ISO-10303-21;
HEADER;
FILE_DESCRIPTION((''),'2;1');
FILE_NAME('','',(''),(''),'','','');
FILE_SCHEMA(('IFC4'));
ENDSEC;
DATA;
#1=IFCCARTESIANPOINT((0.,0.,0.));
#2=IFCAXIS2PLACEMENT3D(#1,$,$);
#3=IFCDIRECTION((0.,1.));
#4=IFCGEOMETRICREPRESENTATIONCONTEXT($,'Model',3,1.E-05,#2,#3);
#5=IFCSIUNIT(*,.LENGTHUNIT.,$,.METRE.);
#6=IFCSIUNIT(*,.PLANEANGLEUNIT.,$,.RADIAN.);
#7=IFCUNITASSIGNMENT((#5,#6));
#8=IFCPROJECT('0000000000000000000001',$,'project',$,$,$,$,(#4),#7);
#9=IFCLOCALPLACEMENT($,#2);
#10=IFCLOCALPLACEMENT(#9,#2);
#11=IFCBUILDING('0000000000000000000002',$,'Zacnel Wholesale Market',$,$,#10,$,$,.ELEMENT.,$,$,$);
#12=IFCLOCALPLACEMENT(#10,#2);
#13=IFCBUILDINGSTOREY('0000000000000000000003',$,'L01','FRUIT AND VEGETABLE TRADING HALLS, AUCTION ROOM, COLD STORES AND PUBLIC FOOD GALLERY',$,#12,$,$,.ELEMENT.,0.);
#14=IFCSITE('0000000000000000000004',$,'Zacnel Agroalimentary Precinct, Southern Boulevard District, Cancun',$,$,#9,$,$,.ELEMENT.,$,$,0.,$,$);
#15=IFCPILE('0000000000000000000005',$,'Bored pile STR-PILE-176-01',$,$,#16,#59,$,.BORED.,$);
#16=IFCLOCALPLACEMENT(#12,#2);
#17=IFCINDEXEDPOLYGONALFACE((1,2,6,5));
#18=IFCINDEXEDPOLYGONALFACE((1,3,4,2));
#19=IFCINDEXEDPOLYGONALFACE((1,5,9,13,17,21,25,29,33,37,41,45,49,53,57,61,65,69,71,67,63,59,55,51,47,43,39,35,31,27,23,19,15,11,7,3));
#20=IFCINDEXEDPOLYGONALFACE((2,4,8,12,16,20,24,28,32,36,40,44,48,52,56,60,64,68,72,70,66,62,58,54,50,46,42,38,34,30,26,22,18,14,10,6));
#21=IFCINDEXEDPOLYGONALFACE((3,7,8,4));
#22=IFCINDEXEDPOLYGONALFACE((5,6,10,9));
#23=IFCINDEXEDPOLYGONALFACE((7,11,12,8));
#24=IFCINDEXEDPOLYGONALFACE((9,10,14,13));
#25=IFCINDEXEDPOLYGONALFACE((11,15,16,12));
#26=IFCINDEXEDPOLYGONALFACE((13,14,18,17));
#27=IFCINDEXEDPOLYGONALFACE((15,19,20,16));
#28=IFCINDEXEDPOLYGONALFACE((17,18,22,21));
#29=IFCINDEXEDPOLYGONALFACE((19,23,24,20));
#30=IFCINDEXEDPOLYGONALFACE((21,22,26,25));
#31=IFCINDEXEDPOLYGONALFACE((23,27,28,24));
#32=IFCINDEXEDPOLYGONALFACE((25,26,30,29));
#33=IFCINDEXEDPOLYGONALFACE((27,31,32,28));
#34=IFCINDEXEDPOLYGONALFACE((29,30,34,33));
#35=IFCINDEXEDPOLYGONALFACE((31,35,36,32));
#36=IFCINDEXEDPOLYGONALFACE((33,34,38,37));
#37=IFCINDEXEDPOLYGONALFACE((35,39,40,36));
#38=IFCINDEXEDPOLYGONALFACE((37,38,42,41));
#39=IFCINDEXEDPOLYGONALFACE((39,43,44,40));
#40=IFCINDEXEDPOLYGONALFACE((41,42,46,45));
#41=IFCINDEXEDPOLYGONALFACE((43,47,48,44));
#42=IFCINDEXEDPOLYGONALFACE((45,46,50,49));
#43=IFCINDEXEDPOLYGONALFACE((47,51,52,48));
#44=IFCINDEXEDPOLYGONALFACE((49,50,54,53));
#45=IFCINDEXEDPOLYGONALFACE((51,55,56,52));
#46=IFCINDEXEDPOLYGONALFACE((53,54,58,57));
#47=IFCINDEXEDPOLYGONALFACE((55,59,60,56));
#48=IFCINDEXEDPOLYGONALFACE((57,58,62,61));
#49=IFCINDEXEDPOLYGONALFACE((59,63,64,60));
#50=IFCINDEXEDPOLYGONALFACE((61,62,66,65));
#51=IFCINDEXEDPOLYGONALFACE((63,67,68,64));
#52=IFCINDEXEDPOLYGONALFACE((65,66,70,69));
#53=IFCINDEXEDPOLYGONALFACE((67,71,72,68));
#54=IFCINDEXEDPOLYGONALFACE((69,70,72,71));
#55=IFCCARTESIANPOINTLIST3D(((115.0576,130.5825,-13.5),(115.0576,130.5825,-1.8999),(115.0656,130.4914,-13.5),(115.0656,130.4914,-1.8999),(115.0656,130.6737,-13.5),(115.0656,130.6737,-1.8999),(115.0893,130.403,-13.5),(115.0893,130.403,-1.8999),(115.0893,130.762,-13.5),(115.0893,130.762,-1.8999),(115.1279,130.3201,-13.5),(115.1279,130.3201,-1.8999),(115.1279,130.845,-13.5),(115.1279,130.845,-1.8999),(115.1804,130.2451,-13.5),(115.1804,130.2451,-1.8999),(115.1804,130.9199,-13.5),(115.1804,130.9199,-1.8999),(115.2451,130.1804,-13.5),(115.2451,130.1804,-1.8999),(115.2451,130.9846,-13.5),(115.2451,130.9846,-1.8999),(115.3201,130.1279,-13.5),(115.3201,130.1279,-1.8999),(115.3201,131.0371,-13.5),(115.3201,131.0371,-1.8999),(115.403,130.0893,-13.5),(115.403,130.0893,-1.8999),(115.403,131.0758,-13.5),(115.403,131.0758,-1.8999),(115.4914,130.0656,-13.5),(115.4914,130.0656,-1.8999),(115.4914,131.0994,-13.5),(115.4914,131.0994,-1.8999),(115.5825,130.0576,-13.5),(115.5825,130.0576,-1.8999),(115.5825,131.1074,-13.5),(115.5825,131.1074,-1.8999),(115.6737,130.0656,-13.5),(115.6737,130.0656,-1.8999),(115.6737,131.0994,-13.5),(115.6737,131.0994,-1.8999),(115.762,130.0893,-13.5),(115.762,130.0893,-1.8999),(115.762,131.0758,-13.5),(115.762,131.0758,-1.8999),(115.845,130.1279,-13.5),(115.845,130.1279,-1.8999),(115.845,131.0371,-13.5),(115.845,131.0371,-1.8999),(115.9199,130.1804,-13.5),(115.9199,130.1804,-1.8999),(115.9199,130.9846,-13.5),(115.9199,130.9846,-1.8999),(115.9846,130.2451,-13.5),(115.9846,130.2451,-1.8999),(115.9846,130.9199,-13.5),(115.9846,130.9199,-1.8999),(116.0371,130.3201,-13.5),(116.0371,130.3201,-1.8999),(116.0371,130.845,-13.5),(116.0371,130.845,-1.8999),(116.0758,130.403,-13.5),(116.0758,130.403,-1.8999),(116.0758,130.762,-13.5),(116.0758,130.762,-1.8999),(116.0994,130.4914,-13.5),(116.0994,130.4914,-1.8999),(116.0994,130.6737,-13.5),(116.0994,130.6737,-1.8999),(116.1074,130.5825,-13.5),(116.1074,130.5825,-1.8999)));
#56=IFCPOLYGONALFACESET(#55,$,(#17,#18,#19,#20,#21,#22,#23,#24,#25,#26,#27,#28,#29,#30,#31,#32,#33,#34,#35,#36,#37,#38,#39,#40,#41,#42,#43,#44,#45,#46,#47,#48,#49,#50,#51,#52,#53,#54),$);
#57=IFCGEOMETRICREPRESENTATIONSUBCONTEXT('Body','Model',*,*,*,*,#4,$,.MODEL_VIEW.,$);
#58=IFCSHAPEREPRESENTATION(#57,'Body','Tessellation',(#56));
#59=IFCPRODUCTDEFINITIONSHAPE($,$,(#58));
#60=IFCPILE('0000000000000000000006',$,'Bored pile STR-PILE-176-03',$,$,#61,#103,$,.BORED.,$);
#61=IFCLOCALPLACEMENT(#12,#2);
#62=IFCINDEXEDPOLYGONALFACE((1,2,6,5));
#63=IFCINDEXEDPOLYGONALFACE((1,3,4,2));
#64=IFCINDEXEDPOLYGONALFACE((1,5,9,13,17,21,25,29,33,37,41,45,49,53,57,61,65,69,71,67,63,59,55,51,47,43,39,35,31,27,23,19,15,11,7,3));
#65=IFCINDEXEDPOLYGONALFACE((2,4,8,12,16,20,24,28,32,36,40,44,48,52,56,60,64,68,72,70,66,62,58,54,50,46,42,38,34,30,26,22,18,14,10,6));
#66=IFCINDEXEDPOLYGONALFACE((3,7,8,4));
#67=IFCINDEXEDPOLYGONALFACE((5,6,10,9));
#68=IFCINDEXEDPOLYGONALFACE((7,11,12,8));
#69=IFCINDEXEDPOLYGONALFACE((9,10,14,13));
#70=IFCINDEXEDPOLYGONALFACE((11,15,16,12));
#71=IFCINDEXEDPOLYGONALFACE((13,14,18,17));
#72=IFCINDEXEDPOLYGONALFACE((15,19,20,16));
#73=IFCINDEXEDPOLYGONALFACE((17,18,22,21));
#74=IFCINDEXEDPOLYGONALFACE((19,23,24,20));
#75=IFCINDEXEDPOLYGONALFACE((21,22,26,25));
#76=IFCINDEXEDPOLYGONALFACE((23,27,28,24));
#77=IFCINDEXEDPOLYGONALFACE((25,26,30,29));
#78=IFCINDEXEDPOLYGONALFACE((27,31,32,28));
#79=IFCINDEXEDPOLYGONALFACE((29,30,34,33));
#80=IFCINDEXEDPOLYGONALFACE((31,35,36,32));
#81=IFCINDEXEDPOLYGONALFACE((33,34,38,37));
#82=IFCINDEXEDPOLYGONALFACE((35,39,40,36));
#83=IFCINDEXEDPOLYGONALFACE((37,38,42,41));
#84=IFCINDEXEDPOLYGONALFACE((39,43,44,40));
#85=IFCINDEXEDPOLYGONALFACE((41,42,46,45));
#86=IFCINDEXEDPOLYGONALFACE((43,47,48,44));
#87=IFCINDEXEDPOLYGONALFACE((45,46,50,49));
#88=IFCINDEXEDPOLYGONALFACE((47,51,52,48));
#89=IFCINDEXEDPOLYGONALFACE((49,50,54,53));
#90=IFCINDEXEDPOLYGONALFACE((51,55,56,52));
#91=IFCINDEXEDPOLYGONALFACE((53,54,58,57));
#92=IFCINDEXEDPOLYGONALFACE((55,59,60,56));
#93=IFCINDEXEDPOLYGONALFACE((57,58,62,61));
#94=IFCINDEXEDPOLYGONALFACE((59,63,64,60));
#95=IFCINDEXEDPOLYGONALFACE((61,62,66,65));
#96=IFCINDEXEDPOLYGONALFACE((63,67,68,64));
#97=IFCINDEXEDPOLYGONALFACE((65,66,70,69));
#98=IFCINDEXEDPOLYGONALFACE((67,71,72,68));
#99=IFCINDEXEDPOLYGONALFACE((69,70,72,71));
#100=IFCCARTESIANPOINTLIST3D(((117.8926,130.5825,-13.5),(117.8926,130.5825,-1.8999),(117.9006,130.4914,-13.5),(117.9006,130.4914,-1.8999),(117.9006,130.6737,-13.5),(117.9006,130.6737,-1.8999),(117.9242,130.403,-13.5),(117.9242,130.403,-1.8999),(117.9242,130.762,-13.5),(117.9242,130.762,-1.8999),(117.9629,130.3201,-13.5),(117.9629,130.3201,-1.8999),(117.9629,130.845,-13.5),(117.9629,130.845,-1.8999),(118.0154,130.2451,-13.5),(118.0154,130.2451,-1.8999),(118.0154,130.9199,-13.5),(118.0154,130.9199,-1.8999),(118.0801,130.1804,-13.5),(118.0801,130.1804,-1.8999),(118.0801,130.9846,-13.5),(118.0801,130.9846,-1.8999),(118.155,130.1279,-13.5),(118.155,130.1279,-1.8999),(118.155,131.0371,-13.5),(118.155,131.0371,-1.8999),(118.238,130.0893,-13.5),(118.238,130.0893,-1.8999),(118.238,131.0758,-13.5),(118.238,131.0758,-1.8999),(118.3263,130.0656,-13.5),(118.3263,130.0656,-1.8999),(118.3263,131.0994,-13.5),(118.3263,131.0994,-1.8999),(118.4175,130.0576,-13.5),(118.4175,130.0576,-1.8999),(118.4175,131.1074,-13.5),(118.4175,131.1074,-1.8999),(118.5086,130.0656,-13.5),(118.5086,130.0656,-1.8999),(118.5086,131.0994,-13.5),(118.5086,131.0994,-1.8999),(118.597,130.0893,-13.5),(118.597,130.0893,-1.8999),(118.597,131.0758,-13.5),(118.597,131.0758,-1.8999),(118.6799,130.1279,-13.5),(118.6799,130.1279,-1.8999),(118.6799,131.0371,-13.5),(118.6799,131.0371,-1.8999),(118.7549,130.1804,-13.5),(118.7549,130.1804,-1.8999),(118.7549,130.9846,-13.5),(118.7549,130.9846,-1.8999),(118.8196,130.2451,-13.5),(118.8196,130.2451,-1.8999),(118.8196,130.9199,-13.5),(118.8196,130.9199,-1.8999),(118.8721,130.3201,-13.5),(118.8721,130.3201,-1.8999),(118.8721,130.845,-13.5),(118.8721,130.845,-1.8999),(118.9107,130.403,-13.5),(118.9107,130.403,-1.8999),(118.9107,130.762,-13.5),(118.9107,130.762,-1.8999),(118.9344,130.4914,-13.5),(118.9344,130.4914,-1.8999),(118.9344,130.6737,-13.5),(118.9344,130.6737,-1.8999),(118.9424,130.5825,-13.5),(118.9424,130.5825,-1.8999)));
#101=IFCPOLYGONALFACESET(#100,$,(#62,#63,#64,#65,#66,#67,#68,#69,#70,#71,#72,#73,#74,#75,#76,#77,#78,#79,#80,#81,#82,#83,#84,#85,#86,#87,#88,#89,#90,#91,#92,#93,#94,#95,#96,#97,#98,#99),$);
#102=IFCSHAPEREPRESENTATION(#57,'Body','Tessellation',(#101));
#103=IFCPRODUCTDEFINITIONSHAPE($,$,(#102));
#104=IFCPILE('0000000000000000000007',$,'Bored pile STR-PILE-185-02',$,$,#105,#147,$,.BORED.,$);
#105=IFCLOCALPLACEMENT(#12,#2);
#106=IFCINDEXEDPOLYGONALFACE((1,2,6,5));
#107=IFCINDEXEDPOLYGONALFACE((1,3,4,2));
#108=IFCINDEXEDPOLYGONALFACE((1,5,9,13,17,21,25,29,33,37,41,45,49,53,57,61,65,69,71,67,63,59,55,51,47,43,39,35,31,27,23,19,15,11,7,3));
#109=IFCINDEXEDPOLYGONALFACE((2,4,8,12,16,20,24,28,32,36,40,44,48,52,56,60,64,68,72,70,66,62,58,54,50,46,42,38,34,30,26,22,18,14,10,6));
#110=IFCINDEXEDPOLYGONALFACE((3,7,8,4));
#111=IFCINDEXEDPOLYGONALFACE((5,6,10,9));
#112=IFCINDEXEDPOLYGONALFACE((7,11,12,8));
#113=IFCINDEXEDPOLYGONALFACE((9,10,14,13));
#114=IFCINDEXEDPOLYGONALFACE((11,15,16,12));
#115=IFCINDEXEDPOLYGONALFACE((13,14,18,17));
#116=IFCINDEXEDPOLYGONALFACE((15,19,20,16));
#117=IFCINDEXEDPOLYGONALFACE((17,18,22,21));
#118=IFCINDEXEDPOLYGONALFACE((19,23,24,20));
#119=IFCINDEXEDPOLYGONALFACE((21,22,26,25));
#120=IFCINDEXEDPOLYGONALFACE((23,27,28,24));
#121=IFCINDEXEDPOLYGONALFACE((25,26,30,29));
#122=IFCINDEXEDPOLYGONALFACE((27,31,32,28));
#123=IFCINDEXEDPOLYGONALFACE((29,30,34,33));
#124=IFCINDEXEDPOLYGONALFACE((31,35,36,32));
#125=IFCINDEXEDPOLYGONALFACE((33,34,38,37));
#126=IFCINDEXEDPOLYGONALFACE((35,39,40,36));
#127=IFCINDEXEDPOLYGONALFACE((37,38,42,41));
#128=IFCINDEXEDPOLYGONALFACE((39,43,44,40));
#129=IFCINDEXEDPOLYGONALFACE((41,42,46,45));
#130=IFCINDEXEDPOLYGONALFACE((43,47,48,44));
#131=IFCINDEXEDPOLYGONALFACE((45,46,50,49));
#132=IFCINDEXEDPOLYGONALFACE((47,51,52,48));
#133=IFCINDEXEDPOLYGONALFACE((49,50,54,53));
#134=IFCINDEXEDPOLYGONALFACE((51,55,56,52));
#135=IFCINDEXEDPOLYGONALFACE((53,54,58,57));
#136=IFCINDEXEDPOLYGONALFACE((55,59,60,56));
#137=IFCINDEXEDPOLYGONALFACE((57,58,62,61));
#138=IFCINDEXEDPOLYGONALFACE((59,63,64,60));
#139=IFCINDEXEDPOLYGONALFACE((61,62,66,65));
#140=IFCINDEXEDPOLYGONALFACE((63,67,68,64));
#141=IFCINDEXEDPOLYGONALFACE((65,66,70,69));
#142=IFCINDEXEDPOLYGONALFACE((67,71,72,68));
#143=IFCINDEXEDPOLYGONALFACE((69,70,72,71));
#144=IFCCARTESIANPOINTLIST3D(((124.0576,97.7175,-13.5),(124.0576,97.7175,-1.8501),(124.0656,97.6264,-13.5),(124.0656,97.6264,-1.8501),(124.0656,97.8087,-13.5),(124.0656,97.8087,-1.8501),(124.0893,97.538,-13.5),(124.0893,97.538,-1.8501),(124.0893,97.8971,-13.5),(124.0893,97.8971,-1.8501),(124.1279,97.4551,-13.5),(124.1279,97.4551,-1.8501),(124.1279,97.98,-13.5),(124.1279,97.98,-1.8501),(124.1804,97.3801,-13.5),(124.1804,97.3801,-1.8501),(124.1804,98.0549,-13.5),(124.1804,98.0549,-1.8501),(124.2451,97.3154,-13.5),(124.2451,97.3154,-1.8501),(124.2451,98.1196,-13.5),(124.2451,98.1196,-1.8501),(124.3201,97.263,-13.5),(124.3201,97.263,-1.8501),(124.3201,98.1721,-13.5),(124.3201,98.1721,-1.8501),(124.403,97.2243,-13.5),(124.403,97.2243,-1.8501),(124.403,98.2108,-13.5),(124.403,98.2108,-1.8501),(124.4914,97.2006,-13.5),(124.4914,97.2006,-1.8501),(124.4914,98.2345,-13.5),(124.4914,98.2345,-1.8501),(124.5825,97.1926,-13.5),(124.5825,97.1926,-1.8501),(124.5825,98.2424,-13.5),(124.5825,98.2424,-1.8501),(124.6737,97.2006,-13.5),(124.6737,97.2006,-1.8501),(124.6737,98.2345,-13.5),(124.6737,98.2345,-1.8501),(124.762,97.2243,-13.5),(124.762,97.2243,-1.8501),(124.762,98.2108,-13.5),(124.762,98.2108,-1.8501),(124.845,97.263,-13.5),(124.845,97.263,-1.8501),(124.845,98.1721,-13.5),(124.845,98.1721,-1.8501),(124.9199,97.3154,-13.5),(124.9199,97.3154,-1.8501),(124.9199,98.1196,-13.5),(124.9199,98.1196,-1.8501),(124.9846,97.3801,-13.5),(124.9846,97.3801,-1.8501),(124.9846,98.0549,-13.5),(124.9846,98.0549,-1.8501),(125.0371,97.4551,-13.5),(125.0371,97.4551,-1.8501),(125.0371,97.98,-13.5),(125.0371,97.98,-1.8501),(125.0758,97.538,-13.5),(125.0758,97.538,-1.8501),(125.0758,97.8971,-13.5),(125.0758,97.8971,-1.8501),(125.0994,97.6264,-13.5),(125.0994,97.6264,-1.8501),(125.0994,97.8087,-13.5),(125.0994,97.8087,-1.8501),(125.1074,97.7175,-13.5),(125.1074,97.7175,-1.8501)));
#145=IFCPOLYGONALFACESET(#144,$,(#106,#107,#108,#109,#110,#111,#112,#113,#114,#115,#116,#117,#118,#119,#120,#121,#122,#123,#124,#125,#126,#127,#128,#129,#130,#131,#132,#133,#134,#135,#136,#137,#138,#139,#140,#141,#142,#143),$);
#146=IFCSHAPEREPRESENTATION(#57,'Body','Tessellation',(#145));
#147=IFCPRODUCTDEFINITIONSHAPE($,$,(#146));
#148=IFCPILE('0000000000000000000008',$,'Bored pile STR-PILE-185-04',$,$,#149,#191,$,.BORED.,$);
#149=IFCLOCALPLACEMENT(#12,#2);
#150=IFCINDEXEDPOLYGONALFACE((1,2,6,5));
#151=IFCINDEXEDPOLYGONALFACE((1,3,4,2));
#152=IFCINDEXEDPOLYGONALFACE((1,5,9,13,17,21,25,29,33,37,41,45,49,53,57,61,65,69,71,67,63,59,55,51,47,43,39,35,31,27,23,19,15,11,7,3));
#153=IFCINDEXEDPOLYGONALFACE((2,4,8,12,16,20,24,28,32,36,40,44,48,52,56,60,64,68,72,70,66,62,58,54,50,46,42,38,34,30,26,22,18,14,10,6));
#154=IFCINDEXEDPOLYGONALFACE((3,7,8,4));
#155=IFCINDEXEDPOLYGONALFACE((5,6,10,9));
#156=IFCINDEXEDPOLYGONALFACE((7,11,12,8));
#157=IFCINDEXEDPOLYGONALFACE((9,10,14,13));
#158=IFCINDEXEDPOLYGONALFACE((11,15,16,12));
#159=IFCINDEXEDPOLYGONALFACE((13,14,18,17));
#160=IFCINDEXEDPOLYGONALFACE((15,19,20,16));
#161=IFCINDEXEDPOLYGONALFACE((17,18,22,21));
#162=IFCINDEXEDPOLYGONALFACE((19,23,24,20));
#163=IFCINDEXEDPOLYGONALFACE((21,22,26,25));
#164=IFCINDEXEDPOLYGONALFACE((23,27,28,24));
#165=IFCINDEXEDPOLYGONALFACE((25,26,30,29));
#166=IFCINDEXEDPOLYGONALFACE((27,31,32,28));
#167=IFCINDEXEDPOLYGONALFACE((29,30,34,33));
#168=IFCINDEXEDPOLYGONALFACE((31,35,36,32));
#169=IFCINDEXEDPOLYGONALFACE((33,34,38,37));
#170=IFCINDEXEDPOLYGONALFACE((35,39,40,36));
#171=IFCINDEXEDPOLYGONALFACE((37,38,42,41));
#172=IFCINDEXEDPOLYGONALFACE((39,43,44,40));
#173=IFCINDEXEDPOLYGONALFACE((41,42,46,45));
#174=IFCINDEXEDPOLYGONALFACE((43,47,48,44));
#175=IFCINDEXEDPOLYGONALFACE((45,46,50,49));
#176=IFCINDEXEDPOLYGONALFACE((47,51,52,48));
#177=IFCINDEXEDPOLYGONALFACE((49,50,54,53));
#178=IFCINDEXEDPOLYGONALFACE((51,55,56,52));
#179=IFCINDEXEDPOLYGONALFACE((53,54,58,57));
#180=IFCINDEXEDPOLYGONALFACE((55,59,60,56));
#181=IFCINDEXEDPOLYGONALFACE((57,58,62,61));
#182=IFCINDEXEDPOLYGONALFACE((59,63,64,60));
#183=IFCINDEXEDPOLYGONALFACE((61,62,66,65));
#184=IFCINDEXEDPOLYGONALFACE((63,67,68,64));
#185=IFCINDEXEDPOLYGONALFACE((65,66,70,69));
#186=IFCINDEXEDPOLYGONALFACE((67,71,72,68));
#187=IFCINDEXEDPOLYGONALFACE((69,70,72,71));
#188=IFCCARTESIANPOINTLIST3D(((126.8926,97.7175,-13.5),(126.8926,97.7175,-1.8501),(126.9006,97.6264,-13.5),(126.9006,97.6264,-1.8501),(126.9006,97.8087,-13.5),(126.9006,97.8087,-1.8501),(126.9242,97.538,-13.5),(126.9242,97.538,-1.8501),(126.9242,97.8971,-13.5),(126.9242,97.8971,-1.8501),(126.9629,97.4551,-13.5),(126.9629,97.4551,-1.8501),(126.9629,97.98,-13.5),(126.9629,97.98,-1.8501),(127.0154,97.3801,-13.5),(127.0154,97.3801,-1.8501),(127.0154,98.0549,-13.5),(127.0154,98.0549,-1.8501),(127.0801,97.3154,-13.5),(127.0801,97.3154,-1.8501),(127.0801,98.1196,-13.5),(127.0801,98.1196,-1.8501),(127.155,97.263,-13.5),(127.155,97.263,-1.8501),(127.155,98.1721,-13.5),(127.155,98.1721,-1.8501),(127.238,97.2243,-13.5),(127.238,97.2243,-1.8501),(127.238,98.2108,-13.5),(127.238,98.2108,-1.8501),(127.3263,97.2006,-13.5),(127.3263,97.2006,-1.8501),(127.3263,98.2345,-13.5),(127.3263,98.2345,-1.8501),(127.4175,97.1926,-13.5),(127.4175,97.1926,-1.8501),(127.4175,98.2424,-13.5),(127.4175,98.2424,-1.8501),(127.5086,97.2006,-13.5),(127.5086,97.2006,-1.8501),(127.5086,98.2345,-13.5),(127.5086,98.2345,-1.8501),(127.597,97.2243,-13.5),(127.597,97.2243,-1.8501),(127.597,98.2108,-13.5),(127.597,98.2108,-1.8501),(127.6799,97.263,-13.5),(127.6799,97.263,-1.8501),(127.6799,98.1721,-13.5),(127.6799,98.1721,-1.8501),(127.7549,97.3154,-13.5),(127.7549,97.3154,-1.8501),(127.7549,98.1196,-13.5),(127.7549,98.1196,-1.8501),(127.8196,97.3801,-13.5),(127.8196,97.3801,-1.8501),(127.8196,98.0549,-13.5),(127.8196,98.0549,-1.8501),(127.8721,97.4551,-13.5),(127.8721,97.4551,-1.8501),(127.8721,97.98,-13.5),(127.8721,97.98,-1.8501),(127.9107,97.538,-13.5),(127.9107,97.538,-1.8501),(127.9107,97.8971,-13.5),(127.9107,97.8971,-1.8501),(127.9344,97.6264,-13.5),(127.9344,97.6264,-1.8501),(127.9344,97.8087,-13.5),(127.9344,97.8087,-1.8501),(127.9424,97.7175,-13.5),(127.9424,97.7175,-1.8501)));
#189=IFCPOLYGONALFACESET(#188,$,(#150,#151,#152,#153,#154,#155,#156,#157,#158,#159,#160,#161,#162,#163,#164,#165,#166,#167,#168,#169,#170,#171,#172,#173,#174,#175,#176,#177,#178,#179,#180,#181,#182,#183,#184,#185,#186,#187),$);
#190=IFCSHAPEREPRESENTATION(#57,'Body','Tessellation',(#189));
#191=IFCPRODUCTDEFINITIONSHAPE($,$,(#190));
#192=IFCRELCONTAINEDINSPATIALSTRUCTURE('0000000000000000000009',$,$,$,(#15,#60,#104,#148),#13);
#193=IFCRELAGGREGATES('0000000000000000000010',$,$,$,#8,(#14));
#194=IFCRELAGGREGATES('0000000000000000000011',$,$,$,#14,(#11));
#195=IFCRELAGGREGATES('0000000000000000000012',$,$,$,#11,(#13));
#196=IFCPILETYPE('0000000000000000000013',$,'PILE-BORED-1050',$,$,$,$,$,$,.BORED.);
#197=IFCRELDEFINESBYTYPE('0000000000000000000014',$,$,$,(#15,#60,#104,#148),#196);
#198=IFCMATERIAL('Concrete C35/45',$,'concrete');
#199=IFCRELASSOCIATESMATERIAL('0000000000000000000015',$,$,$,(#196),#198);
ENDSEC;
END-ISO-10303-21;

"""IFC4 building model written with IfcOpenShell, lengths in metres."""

from ifc_helpers import new_model, si_unit, direction, frame, origin, origin_2d, place, context, subcontext, project, spatial, circle, extrude, material, material_profile, profile_set, type_object, element, save


model = new_model("IFC4")

# Units and contexts
model_context = context("Model", 3, precision=1e-05, world=origin(), true_north=direction((0.0, 1.0)))
body_context = subcontext(model_context, "Body", "Model", "MODEL_VIEW")
ifc_project = project(units=[si_unit("LENGTHUNIT", "METRE"), si_unit("PLANEANGLEUNIT", "RADIAN")], contexts=[model_context])

# Site, building, storey
site_placement = place(None, origin())
site = spatial("IfcSite", under=ifc_project, at=site_placement, Name="Zacnel Agroalimentary Precinct, Southern Boulevard District, Cancun", CompositionType="ELEMENT", RefElevation=0.0)
building_placement = place(site_placement, origin())
building = spatial("IfcBuilding", under=site, at=building_placement, Name="Zacnel Wholesale Market", CompositionType="ELEMENT")
storey_placement = place(building_placement, origin())
storey = spatial("IfcBuildingStorey", under=building, at=storey_placement, Name="L01", Description="FRUIT AND VEGETABLE TRADING HALLS, AUCTION ROOM, COLD STORES AND PUBLIC FOOD GALLERY", CompositionType="ELEMENT", Elevation=0.0)

# Piles
ifc_material_1 = material(Name="Concrete C35/45", Category="concrete")
ifc_material_profile_1 = material_profile(ifc_material_1, circle(Radius=0.5249, at=origin_2d()), Name="BORED PILE D1050")
ifc_profile_set_1 = profile_set([ifc_material_profile_1], Name="Concrete C35/45")
pile_type = type_object("IfcPileType", Name="PILE-BORED-1050", PredefinedType="BORED", material=ifc_profile_set_1)
for number, where, z_axis, x_axis, name in (
    (1, (115.5825, 130.5825, -1.8999), (0.0, 0.0, -1.0), (1.0, 0.0, 0.0), "Bored pile STR-PILE-176-01"),
    (2, (118.4175, 130.5825, -1.8999), (0.0, 0.0, -1.0), (1.0, 0.0, 0.0), "Bored pile STR-PILE-176-03"),
):
    element("IfcPile", number, at=place(storey_placement, frame(where, z_axis=z_axis, x_axis=x_axis)), inside=storey, type_object=pile_type, Name=name, PredefinedType="BORED", context=body_context, shape_type="SweptSolid", body=[
        extrude(circle(Radius=0.5249, at=origin_2d()), origin(), (0.0, 0.0, 1.0), 11.6001),
    ])
for number, where, z_axis, x_axis, name in (
    (3, (124.5825, 97.7175, -1.8501), (0.0, 0.0, -1.0), (1.0, 0.0, 0.0), "Bored pile STR-PILE-185-02"),
    (4, (127.4175, 97.7175, -1.8501), (0.0, 0.0, -1.0), (1.0, 0.0, 0.0), "Bored pile STR-PILE-185-04"),
):
    element("IfcPile", number, at=place(storey_placement, frame(where, z_axis=z_axis, x_axis=x_axis)), inside=storey, type_object=pile_type, Name=name, PredefinedType="BORED", context=body_context, shape_type="SweptSolid", body=[
        extrude(circle(Radius=0.5249, at=origin_2d()), origin(), (0.0, 0.0, 1.0), 11.6499),
    ])

save(model, "model.ifc")
